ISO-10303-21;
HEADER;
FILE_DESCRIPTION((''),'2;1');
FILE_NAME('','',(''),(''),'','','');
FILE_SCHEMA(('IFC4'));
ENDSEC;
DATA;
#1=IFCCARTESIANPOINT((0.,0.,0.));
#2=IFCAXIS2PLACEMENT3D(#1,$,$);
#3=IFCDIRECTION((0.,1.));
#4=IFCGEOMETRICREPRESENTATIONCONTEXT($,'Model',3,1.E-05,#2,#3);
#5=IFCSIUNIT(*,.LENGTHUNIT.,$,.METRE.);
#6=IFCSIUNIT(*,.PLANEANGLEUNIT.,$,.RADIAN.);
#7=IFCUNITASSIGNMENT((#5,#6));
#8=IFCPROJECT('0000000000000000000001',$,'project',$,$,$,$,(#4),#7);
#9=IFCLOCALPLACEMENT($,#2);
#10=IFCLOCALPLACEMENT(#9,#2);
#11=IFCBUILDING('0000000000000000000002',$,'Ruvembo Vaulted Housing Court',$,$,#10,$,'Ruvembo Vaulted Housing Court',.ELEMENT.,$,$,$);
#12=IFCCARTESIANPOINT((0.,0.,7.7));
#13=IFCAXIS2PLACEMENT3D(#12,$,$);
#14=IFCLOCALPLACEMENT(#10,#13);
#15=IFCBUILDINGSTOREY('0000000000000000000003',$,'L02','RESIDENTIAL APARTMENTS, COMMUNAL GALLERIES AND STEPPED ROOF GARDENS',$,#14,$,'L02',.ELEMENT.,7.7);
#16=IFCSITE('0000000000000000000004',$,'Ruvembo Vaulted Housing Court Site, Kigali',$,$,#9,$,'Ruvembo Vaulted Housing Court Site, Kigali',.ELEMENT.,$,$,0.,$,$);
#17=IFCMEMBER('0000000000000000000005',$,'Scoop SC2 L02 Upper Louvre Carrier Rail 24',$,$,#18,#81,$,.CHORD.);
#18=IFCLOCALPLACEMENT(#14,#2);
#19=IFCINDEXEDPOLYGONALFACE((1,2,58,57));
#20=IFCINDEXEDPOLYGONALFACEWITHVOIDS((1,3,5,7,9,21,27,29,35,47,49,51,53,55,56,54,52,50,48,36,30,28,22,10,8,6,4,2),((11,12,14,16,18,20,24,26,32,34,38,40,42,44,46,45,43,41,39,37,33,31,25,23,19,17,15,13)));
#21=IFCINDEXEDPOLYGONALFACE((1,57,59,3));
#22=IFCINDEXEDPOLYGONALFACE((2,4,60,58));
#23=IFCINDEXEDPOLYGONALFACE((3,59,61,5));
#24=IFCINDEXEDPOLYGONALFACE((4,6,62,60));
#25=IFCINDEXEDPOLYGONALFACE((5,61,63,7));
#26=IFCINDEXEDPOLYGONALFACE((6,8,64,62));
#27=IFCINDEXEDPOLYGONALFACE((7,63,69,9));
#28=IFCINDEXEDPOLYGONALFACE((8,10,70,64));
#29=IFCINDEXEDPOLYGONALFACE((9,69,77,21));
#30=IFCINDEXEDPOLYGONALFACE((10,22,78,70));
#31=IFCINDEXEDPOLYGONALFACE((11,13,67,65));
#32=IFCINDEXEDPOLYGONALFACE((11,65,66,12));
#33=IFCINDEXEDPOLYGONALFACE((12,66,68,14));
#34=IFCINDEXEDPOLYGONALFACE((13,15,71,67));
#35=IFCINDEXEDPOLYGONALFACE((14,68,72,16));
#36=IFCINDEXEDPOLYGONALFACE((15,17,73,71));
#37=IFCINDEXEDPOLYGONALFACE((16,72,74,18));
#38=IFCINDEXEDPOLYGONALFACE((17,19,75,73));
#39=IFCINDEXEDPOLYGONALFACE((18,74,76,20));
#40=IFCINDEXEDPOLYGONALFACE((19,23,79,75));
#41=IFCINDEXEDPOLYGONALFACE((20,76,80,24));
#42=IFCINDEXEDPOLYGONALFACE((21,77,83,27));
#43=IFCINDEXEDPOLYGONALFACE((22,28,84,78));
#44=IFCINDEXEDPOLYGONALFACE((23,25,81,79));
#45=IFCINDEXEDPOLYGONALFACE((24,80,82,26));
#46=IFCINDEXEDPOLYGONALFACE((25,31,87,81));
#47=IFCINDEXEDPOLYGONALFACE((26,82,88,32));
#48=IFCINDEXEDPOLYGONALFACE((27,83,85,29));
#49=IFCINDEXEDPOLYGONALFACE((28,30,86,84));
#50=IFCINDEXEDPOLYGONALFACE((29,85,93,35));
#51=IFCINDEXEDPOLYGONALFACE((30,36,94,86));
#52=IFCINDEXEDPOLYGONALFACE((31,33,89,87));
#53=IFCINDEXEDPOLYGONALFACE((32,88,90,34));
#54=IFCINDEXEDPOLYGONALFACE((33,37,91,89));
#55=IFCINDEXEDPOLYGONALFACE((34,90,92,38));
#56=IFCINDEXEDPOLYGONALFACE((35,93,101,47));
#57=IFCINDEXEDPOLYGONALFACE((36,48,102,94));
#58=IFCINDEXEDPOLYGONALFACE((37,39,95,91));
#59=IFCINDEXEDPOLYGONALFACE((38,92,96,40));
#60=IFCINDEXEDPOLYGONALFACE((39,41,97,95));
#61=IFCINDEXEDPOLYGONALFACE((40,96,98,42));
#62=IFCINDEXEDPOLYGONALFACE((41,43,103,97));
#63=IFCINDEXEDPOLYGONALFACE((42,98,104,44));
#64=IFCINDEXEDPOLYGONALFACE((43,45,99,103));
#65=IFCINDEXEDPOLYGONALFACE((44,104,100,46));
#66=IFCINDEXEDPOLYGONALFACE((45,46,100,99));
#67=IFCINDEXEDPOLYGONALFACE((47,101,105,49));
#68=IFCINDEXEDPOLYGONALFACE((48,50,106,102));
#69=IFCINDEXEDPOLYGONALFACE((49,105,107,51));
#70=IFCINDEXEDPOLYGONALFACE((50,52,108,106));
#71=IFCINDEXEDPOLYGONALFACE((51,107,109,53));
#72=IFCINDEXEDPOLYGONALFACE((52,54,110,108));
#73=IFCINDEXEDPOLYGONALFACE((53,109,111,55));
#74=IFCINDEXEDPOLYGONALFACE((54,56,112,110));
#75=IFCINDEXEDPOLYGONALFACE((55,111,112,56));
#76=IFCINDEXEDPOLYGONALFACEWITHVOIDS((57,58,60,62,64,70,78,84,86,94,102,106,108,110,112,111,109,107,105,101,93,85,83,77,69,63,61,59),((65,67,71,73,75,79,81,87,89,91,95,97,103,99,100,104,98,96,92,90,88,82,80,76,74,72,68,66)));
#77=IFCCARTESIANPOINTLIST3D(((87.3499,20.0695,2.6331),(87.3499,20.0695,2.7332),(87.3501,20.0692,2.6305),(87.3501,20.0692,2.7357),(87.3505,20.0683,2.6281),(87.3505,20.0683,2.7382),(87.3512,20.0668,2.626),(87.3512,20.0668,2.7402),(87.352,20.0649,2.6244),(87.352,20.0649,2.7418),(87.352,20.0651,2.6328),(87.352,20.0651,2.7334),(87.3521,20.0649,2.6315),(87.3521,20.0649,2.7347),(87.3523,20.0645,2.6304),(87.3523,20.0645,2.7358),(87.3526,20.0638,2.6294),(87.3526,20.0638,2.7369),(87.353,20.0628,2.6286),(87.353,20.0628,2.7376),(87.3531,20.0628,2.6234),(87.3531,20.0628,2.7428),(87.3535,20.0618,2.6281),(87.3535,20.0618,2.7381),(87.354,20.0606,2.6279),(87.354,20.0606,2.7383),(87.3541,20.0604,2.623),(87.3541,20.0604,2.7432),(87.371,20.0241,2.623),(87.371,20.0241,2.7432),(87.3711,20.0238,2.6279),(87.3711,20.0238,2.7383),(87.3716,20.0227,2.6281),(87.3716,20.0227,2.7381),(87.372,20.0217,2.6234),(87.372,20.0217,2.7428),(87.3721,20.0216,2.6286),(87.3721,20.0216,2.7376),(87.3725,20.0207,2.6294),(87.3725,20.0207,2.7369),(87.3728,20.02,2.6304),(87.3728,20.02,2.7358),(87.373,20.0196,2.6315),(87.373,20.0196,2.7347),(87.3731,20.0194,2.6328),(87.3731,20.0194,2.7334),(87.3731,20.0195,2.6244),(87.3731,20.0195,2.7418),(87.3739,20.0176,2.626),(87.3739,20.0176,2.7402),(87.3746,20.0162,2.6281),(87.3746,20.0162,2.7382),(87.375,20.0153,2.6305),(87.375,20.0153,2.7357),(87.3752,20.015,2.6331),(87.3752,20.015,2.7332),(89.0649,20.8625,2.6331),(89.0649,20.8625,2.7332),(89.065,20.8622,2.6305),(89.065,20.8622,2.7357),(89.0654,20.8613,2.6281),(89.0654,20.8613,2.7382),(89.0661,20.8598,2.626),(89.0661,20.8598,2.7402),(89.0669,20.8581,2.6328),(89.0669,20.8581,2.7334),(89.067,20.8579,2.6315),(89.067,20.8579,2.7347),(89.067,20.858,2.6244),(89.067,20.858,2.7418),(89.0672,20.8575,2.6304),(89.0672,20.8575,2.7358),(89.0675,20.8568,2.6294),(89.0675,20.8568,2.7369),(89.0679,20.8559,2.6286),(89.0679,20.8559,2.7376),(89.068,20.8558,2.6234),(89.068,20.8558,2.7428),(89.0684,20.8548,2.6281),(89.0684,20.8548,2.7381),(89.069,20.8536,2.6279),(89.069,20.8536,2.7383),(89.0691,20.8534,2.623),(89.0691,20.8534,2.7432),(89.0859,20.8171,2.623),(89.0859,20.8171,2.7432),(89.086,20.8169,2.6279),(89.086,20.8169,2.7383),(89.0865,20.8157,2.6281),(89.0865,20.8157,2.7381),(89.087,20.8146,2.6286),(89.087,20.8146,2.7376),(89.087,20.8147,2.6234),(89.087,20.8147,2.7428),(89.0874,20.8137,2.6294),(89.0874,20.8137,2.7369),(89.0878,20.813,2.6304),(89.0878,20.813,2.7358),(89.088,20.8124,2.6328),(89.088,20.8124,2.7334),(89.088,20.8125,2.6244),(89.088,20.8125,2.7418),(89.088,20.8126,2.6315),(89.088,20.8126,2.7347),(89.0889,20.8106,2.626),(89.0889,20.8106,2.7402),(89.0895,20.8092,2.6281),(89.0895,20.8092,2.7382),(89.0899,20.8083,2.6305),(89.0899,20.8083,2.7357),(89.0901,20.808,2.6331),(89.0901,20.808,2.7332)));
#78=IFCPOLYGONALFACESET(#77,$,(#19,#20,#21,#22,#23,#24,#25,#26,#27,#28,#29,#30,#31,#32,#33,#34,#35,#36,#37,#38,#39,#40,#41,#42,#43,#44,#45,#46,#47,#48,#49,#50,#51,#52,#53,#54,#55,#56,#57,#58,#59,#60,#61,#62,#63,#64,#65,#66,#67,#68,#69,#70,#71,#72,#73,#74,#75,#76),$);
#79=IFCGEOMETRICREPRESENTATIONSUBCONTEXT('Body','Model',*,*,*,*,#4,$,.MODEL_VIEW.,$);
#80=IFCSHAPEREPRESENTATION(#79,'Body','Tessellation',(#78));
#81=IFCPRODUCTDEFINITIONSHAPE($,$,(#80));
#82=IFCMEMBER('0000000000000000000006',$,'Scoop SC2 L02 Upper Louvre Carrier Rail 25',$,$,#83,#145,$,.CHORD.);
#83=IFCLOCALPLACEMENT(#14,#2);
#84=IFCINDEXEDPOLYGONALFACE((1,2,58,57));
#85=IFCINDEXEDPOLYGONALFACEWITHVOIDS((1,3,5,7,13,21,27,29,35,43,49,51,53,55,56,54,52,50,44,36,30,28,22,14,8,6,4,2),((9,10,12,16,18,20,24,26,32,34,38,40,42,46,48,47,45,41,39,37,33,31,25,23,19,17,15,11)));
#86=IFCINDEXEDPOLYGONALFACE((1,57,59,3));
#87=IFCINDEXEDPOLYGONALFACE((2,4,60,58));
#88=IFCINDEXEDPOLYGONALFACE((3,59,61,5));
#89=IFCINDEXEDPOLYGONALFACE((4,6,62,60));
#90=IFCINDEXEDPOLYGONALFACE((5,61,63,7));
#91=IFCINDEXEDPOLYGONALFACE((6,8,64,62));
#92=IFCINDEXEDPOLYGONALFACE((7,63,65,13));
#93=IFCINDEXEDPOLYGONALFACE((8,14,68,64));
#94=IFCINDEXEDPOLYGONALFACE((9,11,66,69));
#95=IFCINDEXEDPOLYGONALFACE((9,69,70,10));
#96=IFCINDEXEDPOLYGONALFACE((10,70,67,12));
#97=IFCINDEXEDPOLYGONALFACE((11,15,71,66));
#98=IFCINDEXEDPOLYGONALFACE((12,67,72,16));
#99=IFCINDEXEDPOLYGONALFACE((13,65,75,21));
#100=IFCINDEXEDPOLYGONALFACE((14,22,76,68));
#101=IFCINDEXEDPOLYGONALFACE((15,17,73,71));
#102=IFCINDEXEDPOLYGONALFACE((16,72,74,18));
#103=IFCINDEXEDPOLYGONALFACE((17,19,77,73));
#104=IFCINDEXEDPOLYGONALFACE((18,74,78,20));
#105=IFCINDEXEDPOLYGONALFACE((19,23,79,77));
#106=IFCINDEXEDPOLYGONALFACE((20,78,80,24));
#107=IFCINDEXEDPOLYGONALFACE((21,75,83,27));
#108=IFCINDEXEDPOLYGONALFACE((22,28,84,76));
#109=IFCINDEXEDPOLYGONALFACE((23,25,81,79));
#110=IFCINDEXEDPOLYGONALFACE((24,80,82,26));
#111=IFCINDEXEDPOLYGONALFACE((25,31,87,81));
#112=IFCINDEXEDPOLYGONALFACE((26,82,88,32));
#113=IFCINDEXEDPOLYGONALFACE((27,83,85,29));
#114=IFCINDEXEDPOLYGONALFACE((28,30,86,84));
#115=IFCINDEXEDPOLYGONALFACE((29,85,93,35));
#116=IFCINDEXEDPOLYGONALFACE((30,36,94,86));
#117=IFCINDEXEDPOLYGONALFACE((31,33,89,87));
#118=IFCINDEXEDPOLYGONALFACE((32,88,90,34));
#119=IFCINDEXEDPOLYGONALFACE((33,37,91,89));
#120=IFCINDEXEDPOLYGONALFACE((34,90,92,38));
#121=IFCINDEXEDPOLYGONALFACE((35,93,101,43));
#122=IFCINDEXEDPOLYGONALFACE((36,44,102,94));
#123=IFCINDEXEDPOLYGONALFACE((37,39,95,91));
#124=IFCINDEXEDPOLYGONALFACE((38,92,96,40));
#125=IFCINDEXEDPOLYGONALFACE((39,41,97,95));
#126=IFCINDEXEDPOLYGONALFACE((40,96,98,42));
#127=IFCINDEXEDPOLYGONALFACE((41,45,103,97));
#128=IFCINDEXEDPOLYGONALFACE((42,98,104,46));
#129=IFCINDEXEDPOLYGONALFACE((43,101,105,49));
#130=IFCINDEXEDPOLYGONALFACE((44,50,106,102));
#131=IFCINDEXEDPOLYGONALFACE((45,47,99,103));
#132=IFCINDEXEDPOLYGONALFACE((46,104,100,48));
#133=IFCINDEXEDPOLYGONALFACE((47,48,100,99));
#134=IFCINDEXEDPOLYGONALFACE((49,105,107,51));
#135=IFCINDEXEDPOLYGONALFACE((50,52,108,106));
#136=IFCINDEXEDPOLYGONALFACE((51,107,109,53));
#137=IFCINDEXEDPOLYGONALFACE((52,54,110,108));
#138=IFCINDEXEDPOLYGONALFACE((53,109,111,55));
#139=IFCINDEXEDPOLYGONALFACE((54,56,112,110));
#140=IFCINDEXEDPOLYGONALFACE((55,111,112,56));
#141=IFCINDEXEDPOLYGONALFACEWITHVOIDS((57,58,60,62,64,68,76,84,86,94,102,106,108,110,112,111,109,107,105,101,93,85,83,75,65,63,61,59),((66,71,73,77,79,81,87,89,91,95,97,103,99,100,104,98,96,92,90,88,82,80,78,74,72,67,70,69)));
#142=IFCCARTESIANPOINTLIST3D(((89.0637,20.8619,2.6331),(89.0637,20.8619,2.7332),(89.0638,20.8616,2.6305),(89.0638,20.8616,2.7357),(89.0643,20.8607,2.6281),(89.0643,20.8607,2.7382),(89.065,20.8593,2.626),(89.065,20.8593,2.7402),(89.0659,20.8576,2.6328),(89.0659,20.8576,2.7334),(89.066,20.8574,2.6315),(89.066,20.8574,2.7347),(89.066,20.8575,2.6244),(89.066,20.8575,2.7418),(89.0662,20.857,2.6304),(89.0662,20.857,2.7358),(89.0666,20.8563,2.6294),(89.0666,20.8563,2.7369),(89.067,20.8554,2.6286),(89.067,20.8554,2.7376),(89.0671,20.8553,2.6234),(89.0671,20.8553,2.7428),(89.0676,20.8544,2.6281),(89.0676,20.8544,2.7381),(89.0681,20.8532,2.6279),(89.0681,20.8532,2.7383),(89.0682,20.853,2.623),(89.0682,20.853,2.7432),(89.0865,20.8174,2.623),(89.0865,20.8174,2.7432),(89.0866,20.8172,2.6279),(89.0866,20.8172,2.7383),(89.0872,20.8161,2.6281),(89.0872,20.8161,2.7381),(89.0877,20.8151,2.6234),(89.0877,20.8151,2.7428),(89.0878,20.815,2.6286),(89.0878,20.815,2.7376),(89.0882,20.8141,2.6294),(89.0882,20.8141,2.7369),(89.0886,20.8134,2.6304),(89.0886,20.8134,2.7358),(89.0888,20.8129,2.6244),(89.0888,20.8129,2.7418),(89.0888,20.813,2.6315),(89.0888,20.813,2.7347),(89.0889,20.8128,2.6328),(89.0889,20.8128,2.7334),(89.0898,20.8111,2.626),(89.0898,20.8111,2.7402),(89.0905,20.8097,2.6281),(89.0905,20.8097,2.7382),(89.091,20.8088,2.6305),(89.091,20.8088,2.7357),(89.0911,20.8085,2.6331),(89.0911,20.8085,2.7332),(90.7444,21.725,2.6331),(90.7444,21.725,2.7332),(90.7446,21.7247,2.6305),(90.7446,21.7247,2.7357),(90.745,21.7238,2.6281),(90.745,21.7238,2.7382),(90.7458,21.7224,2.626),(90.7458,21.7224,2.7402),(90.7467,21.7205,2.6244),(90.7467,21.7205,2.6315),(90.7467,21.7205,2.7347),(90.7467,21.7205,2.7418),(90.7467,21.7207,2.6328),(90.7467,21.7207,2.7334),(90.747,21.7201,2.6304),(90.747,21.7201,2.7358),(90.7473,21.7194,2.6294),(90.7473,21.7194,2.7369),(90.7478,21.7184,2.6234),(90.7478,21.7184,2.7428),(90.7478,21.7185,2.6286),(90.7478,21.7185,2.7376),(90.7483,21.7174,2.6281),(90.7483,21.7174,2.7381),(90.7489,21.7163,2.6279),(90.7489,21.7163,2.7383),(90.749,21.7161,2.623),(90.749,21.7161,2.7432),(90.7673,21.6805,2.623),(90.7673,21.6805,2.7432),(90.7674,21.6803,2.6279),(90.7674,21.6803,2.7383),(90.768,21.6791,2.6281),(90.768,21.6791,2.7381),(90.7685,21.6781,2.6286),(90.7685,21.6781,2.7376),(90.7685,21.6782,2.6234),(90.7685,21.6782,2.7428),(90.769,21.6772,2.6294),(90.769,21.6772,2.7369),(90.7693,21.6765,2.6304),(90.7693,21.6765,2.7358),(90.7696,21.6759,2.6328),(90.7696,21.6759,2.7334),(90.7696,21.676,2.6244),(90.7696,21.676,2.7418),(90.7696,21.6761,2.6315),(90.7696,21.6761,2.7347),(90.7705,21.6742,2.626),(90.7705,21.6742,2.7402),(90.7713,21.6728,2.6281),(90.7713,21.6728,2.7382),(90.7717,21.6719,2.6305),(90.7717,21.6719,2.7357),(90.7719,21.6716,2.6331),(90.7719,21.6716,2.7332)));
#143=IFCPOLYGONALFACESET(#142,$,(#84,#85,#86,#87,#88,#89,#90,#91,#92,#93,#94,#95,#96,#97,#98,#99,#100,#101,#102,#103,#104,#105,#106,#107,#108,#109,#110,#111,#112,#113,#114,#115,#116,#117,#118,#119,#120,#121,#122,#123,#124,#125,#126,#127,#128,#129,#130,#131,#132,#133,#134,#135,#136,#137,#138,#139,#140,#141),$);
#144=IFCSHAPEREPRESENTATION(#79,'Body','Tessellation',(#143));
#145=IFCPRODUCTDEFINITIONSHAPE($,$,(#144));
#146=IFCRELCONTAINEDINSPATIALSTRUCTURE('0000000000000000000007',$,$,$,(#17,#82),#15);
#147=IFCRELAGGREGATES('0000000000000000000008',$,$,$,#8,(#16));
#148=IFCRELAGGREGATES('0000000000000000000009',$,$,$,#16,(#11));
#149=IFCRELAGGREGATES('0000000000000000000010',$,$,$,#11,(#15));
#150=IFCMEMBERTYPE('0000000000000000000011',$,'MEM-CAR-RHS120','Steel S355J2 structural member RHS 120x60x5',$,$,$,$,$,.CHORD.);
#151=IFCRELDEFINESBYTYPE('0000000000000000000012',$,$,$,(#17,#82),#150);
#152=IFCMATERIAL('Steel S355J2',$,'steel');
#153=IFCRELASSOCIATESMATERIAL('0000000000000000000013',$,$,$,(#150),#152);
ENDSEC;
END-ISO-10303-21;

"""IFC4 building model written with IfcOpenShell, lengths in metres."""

from ifc_helpers import new_model, si_unit, direction, frame, origin, origin_2d, place, context, subcontext, project, spatial, hollow_rectangle, extrude, material, material_profile, profile_set, type_object, element, save


model = new_model("IFC4")

# Units and contexts
model_context = context("Model", 3, precision=1e-05, world=origin(), true_north=direction((0.0, 1.0)))
body_context = subcontext(model_context, "Body", "Model", "MODEL_VIEW")
ifc_project = project(units=[si_unit("LENGTHUNIT", "METRE"), si_unit("PLANEANGLEUNIT", "RADIAN")], contexts=[model_context])

# Site, building, storey
site_placement = place(None, origin())
site = spatial("IfcSite", under=ifc_project, at=site_placement, Name="Ruvembo Vaulted Housing Court Site, Kigali", LongName="Ruvembo Vaulted Housing Court Site, Kigali", CompositionType="ELEMENT", RefElevation=0.0)
building_placement = place(site_placement, origin())
building = spatial("IfcBuilding", under=site, at=building_placement, Name="Ruvembo Vaulted Housing Court", LongName="Ruvembo Vaulted Housing Court", CompositionType="ELEMENT")
storey_placement = place(building_placement, frame((0.0, 0.0, 7.7)))
storey = spatial("IfcBuildingStorey", under=building, at=storey_placement, Name="L02", Description="RESIDENTIAL APARTMENTS, COMMUNAL GALLERIES AND STEPPED ROOF GARDENS", LongName="L02", CompositionType="ELEMENT", Elevation=7.7)

# Shared definitions
ifc_material_1 = material(Name="Steel S355J2", Category="steel")

# Members
ifc_material_profile_1 = material_profile(ifc_material_1, hollow_rectangle(XDim=0.0601, YDim=0.1201, WallThickness=0.0049, InnerFilletRadius=0.0049, OuterFilletRadius=0.01, at=origin_2d()), Name="RHS 120x60x5")
ifc_profile_set_1 = profile_set([ifc_material_profile_1], Name="Steel S355J2")
member_type_1 = type_object("IfcMemberType", Name="MEM-CAR-RHS120", Description="Steel S355J2 structural member RHS 120x60x5", PredefinedType="CHORD", material=ifc_profile_set_1)
for number, where, z_axis, x_axis, name in (
    (1, (87.3625, 20.0422, 2.6831), (0.907657, 0.419714, 0.0), (-0.419714, 0.907657, 0.0), "Scoop SC2 L02 Upper Louvre Carrier Rail 24"),
    (2, (89.0774, 20.8352, 2.6831), (0.889568, 0.456802, 0.0), (-0.456802, 0.889568, 0.0), "Scoop SC2 L02 Upper Louvre Carrier Rail 25"),
):
    element("IfcMember", number, at=place(storey_placement, frame(where, z_axis=z_axis, x_axis=x_axis)), inside=storey, type_object=member_type_1, Name=name, PredefinedType="CHORD", context=body_context, shape_type="SweptSolid", body=[
        extrude(hollow_rectangle(XDim=0.0601, YDim=0.1201, WallThickness=0.0049, InnerFilletRadius=0.0049, OuterFilletRadius=0.01, at=origin_2d()), origin(), (0.0, 0.0, 1.0), 1.8894),
    ])

save(model, "model.ifc")
